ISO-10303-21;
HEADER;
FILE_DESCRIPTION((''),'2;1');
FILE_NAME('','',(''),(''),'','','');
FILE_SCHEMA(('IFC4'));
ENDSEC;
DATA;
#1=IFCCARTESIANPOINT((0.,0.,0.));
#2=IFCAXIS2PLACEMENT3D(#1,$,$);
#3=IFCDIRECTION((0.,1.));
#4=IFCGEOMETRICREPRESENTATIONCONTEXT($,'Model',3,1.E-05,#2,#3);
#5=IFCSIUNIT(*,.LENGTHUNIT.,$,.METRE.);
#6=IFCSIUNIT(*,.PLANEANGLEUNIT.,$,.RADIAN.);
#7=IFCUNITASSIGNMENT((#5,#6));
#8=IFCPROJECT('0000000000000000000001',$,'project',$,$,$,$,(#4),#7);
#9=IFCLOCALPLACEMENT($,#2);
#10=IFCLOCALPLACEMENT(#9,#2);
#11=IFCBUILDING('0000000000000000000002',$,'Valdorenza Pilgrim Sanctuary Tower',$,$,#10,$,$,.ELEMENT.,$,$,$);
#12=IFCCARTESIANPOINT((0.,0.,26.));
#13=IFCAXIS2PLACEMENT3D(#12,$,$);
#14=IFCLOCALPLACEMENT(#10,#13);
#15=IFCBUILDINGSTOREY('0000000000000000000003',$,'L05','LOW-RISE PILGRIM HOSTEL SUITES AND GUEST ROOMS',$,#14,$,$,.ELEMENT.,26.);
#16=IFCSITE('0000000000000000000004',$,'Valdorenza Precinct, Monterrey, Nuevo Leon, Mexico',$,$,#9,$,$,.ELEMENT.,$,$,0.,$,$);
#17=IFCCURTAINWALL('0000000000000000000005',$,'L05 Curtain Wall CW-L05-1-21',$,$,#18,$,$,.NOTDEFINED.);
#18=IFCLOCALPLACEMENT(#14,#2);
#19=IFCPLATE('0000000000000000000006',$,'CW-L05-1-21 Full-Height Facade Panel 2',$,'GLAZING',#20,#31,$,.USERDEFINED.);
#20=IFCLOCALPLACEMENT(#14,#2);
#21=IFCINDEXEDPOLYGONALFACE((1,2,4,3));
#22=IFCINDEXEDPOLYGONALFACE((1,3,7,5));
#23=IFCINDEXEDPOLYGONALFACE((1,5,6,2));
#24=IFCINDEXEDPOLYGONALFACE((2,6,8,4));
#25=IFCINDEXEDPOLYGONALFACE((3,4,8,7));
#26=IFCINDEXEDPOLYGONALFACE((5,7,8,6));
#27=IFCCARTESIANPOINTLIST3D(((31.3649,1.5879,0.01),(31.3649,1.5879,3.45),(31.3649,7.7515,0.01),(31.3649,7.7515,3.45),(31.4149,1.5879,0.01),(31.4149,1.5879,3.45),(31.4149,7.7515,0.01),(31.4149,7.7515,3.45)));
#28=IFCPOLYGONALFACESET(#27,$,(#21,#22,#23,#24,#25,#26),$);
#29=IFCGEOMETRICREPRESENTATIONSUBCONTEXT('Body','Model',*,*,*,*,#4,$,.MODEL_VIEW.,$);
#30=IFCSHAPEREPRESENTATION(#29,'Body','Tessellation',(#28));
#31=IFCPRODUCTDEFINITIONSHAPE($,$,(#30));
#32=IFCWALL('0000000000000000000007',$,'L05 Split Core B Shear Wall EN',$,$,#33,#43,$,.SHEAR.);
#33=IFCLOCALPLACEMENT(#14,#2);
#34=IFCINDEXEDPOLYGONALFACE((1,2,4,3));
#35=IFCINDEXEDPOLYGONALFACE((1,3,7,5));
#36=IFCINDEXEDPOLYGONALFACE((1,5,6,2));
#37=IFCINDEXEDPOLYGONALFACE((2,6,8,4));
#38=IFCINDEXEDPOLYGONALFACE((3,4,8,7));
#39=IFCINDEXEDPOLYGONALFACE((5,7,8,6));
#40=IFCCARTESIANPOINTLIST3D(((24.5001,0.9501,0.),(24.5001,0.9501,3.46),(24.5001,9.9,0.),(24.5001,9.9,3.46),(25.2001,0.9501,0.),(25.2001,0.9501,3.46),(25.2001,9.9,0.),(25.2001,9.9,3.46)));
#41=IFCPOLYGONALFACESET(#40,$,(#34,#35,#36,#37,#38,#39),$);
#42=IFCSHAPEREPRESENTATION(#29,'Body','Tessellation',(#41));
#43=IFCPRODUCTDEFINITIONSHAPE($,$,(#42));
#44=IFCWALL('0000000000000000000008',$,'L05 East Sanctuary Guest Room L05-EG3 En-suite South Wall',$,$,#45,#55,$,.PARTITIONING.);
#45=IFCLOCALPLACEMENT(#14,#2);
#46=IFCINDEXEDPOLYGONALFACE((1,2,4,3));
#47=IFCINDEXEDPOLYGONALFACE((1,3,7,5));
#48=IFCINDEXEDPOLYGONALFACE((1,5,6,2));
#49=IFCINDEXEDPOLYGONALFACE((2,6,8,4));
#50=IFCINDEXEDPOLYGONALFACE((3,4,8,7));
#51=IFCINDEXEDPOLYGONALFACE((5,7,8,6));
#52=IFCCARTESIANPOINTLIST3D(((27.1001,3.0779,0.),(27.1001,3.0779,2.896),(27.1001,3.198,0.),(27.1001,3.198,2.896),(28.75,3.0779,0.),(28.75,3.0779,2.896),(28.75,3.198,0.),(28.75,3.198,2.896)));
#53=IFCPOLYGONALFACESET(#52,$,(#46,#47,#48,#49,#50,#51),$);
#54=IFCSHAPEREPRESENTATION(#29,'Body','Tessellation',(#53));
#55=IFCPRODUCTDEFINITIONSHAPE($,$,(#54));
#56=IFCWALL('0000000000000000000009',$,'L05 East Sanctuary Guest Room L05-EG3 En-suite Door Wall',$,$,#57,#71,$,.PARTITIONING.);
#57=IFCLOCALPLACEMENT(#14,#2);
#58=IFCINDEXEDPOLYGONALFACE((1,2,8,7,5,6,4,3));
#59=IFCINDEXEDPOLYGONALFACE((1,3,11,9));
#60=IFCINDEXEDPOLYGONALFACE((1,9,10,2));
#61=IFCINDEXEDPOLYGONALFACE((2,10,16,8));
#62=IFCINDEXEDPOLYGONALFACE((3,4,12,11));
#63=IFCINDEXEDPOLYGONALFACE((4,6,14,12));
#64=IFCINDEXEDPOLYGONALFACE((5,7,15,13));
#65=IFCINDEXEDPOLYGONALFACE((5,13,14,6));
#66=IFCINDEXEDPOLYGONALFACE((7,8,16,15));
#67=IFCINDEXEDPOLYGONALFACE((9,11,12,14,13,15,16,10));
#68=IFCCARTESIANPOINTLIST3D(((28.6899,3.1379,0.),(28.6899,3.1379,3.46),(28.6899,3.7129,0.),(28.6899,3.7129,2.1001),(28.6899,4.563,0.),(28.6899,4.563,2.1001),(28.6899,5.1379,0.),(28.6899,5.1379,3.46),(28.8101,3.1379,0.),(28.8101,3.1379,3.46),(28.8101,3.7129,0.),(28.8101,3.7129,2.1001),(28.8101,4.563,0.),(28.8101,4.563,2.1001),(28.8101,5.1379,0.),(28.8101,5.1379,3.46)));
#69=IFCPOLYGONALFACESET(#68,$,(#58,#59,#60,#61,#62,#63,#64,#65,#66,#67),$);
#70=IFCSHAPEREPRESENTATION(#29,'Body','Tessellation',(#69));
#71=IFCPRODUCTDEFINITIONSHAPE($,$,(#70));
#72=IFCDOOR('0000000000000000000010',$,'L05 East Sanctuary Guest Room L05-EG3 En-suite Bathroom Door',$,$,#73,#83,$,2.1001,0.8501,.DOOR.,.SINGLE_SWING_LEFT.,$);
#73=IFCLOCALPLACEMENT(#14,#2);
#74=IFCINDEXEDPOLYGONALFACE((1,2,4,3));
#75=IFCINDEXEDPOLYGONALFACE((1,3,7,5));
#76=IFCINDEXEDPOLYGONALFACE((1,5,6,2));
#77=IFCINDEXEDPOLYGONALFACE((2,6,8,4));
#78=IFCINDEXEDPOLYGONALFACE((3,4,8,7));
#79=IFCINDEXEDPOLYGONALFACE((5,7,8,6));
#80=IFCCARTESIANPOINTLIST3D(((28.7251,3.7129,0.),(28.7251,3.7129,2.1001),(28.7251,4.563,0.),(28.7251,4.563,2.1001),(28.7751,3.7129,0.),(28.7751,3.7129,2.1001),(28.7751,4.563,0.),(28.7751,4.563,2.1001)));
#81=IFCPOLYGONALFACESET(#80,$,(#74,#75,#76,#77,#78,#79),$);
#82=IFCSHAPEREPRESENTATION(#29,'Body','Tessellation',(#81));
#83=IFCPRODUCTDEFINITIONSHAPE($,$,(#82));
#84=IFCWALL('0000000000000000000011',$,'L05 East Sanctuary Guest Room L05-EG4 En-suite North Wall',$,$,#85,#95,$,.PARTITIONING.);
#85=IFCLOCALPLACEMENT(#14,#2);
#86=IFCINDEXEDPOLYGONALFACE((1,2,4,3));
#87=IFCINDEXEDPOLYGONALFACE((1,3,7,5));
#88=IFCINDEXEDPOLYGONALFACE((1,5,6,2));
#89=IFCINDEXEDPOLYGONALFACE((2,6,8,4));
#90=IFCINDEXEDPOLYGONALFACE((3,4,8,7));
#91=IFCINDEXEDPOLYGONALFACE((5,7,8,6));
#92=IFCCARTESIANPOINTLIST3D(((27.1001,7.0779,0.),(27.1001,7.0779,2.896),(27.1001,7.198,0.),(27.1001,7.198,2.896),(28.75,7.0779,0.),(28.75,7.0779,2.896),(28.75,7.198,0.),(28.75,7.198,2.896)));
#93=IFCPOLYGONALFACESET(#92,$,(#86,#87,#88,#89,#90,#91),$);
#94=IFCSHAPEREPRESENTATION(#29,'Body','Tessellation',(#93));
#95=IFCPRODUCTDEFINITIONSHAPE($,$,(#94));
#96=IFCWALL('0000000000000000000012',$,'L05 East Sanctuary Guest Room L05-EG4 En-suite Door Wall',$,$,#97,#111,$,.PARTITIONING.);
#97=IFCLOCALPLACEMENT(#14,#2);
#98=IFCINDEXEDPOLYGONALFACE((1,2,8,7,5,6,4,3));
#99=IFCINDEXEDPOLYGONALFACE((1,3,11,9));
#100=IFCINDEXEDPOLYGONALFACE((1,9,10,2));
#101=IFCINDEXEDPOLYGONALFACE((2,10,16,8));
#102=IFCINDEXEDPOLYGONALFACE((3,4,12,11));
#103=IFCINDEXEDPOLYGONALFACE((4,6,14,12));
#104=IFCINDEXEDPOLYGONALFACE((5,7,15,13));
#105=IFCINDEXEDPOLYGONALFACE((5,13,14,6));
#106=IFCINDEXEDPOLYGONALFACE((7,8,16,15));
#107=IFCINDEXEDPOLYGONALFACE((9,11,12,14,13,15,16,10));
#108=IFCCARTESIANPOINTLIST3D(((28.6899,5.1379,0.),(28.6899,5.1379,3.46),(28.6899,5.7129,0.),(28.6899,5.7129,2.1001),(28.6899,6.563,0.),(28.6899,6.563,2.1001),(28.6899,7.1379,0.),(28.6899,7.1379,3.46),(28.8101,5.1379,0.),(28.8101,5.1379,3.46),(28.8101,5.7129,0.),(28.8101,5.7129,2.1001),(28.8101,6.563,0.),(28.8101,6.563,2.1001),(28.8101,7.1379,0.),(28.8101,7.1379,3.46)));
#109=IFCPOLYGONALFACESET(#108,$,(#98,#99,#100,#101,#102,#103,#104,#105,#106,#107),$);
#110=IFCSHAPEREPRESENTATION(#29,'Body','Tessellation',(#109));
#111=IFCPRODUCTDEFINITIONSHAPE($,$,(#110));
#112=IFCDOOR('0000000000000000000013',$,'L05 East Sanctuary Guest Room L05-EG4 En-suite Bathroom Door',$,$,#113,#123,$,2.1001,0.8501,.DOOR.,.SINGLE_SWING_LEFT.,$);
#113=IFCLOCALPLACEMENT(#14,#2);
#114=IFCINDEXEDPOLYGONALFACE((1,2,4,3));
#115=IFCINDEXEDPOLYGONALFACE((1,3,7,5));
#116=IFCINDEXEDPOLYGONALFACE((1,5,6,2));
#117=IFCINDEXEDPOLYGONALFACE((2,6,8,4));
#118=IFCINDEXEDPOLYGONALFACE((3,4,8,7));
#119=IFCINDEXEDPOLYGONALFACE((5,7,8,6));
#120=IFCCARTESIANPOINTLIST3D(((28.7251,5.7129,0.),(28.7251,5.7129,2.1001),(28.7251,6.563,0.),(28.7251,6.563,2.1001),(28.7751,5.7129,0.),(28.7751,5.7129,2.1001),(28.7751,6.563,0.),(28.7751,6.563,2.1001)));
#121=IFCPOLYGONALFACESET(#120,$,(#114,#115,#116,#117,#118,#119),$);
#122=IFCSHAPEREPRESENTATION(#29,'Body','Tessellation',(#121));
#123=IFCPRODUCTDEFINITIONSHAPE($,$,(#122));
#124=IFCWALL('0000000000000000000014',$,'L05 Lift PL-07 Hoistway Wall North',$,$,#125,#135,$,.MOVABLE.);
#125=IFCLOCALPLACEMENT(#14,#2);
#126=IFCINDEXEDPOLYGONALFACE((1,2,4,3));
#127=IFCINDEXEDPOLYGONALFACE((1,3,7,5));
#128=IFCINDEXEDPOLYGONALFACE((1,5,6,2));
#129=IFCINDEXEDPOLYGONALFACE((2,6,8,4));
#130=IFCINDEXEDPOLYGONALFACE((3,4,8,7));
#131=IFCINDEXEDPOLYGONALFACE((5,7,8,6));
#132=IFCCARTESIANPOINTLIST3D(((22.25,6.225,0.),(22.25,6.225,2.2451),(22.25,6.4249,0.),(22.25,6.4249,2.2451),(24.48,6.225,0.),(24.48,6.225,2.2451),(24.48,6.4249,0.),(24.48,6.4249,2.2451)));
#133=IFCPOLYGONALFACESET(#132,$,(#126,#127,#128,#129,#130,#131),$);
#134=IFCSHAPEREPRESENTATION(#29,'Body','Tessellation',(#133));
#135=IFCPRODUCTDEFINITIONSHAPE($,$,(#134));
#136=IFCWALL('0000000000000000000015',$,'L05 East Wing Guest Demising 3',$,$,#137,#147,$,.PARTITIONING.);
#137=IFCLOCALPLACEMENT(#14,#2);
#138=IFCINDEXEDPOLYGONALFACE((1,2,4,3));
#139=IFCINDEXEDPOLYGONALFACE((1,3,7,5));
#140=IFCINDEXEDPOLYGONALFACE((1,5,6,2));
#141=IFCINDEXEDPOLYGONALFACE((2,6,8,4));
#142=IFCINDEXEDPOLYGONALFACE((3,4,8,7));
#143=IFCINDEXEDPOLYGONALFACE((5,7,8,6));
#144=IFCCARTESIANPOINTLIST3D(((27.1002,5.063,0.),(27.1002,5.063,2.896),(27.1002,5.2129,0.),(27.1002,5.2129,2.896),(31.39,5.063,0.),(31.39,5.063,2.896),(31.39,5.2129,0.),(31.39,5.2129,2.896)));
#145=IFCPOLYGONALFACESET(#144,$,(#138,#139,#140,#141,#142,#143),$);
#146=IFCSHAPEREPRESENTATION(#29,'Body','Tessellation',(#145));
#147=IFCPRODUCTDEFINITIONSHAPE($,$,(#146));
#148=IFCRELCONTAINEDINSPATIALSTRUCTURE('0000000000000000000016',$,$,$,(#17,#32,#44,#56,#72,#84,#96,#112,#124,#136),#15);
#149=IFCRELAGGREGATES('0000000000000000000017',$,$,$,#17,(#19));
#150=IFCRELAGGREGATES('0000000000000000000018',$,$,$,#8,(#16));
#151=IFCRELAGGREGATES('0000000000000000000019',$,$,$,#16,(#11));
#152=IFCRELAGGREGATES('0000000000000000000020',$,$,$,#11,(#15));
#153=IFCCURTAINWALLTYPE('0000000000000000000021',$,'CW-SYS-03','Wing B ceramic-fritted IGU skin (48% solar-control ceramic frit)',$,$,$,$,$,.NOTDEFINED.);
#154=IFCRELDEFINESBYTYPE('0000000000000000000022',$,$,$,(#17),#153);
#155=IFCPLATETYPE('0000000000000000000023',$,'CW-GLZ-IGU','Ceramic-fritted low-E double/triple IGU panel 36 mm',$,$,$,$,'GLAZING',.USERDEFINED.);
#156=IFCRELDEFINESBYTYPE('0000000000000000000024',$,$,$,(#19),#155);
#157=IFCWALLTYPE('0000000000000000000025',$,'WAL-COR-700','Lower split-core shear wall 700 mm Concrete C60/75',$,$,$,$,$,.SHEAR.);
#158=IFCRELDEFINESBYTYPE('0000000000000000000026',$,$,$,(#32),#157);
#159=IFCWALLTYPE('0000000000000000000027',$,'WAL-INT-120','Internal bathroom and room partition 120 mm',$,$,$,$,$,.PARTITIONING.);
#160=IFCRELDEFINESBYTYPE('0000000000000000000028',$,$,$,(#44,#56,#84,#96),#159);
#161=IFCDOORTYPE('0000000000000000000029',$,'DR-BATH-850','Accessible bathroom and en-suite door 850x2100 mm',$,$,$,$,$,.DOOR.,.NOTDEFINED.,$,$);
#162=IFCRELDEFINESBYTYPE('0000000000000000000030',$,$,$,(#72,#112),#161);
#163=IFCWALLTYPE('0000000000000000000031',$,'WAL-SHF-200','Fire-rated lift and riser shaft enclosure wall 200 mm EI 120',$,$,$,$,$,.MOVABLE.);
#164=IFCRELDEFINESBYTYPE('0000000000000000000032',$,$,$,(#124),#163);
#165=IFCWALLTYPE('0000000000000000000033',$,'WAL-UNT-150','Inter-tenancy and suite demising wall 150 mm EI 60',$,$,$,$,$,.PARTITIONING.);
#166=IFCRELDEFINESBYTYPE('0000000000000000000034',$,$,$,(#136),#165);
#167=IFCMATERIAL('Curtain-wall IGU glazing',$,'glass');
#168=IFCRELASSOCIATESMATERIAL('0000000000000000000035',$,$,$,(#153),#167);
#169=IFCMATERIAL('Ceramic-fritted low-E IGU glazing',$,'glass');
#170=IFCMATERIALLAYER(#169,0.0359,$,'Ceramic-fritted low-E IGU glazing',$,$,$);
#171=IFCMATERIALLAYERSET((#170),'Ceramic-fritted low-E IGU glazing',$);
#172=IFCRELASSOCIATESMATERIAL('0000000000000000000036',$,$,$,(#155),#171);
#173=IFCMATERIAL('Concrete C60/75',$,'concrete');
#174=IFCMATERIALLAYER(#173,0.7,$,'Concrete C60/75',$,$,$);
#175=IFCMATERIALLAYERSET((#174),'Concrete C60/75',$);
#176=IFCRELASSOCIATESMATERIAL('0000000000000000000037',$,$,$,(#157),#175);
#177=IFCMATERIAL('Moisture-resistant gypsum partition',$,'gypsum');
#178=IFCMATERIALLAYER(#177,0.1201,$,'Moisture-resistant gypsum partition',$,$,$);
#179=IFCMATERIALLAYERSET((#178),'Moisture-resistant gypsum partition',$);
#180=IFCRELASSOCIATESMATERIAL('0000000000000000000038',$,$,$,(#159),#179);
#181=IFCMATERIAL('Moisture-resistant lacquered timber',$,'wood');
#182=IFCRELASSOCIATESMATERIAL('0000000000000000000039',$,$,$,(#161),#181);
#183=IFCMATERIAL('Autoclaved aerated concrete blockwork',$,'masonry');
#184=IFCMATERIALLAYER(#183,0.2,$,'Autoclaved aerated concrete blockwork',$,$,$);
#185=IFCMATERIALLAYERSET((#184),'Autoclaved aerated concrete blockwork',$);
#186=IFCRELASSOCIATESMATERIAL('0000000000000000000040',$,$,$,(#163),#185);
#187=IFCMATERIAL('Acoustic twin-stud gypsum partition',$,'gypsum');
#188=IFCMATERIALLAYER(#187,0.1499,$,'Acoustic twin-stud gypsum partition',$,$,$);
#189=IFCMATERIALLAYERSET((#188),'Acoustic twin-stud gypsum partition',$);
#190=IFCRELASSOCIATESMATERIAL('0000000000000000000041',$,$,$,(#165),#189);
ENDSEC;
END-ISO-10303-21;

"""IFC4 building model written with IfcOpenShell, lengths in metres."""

from ifc_helpers import new_model, si_unit, direction, frame, frame_2d, origin, origin_2d, place, context, subcontext, project, spatial, rectangle, extrude, source, transform, mapped, material, layer, layer_set, type_object, element, fill, aggregate, save


model = new_model("IFC4")

# Units and contexts
model_context = context("Model", 3, precision=1e-05, world=origin(), true_north=direction((0.0, 1.0)))
body_context = subcontext(model_context, "Body", "Model", "MODEL_VIEW")
ifc_project = project(units=[si_unit("LENGTHUNIT", "METRE"), si_unit("PLANEANGLEUNIT", "RADIAN")], contexts=[model_context])

# Site, building, storey
site_placement = place(None, origin())
site = spatial("IfcSite", under=ifc_project, at=site_placement, Name="Valdorenza Precinct, Monterrey, Nuevo Leon, Mexico", CompositionType="ELEMENT", RefElevation=0.0)
building_placement = place(site_placement, origin())
building = spatial("IfcBuilding", under=site, at=building_placement, Name="Valdorenza Pilgrim Sanctuary Tower", CompositionType="ELEMENT")
storey_placement = place(building_placement, frame((0.0, 0.0, 26.0)))
storey = spatial("IfcBuildingStorey", under=building, at=storey_placement, Name="L05", Description="LOW-RISE PILGRIM HOSTEL SUITES AND GUEST ROOMS", CompositionType="ELEMENT", Elevation=26.0)

# Curtain wall, plate
ifc_material_1 = material(Name="Curtain-wall IGU glazing", Category="glass")
curtain_wall_type = type_object("IfcCurtainWallType", Name="CW-SYS-03", Description="Wing B ceramic-fritted IGU skin (48% solar-control ceramic frit)", PredefinedType="NOTDEFINED", material=ifc_material_1)
curtain_wall_placement = place(storey_placement, origin())
curtain_wall = element("IfcCurtainWall", 1, at=curtain_wall_placement, inside=storey, type_object=curtain_wall_type, Name="L05 Curtain Wall CW-L05-1-21", PredefinedType="NOTDEFINED")
ifc_material_2 = material(Name="Ceramic-fritted low-E IGU glazing", Category="glass")
ifc_layer_1 = layer(ifc_material_2, 0.0359, Name="Ceramic-fritted low-E IGU glazing")
ifc_layer_set_1 = layer_set([ifc_layer_1], Name="Ceramic-fritted low-E IGU glazing")
plate_type = type_object("IfcPlateType", Name="CW-GLZ-IGU", Description="Ceramic-fritted low-E double/triple IGU panel 36 mm", ElementType="GLAZING", PredefinedType="USERDEFINED", material=ifc_layer_set_1)
shared_shape_1 = source(origin(), body_context, "Body", "SweptSolid", [
    extrude(rectangle(XDim=6.1636, YDim=0.05, at=origin_2d()), origin(), (0.0, 0.0, 1.0), 3.4399),
])
plate_placement = place(storey_placement, frame((31.3899, 4.6697, 0.01), z_axis=(0.0, 0.0, 1.0), x_axis=(0.0, -1.0, 0.0)))
plate = element("IfcPlate", 2, at=plate_placement, type_object=plate_type, Name="CW-L05-1-21 Full-Height Facade Panel 2", ObjectType="GLAZING", PredefinedType="USERDEFINED", context=body_context, shape_type="MappedRepresentation", body=[
    mapped(shared_shape_1, transform((0.0, 0.0, 0.0), x_axis=(1.0, 0.0, 0.0), y_axis=(0.0, 1.0, 0.0), z_axis=(0.0, 0.0, 1.0), scale=1.0)),
])
aggregate(curtain_wall, [plate])

# Walls
ifc_material_3 = material(Name="Concrete C60/75", Category="concrete")
ifc_layer_2 = layer(ifc_material_3, 0.7, Name="Concrete C60/75")
ifc_layer_set_2 = layer_set([ifc_layer_2], Name="Concrete C60/75")
wall_type_1 = type_object("IfcWallType", Name="WAL-COR-700", Description="Lower split-core shear wall 700 mm Concrete C60/75", PredefinedType="SHEAR", material=ifc_layer_set_2)
wall_1_placement = place(storey_placement, frame((24.8501, 0.95, 0.0), z_axis=(0.0, 0.0, 1.0), x_axis=(0.0, 1.0, 0.0)))
element("IfcWall", 3, at=wall_1_placement, inside=storey, type_object=wall_type_1, Name="L05 Split Core B Shear Wall EN", PredefinedType="SHEAR", context=body_context, shape_type="SweptSolid", body=[
    extrude(rectangle(XDim=8.95, YDim=0.7, at=frame_2d((4.4751, 0.0))), origin(), (0.0, 0.0, 1.0), 3.46),
])
ifc_material_4 = material(Name="Moisture-resistant gypsum partition", Category="gypsum")
ifc_layer_3 = layer(ifc_material_4, 0.1201, Name="Moisture-resistant gypsum partition")
ifc_layer_set_3 = layer_set([ifc_layer_3], Name="Moisture-resistant gypsum partition")
wall_type_2 = type_object("IfcWallType", Name="WAL-INT-120", Description="Internal bathroom and room partition 120 mm", PredefinedType="PARTITIONING", material=ifc_layer_set_3)
wall_2_placement = place(storey_placement, frame((27.1001, 3.1379, 0.0), z_axis=(0.0, 0.0, 1.0), x_axis=(1.0, 0.0, 0.0)))
element("IfcWall", 4, at=wall_2_placement, inside=storey, type_object=wall_type_2, Name="L05 East Sanctuary Guest Room L05-EG3 En-suite South Wall", PredefinedType="PARTITIONING", context=body_context, shape_type="SweptSolid", body=[
    extrude(rectangle(XDim=1.6499, YDim=0.1201, at=frame_2d((0.825, 0.0))), origin(), (0.0, 0.0, 1.0), 2.896),
])

# Wall, opening, door
wall_3_placement = place(storey_placement, frame((28.75, 3.1379, 0.0), z_axis=(0.0, 0.0, 1.0), x_axis=(0.0, 1.0, 0.0)))
wall_3 = element("IfcWall", 5, at=wall_3_placement, inside=storey, type_object=wall_type_2, Name="L05 East Sanctuary Guest Room L05-EG3 En-suite Door Wall", PredefinedType="PARTITIONING", context=body_context, shape_type="SweptSolid", body=[
    extrude(rectangle(XDim=2.0, YDim=0.1201, at=frame_2d((1.0, 0.0))), origin(), (0.0, 0.0, 1.0), 3.46),
])
opening_1_placement = place(wall_3_placement, frame((0.575, 0.0, 0.0)))
opening_1 = element("IfcOpeningElement", 6, at=opening_1_placement, cuts=wall_3, PredefinedType="OPENING", context=body_context, shape_type="SweptSolid", body=[
    extrude(rectangle(XDim=0.8501, YDim=2.1001, at=frame_2d((0.425, 1.05))), frame((0.0, 0.075, 0.0), z_axis=(0.0, -1.0, 0.0), x_axis=(1.0, 0.0, 0.0)), (0.0, 0.0, 1.0), 0.1499),
])
ifc_material_5 = material(Name="Moisture-resistant lacquered timber", Category="wood")
door_type = type_object("IfcDoorType", Name="DR-BATH-850", Description="Accessible bathroom and en-suite door 850x2100 mm", OperationType="NOTDEFINED", PredefinedType="DOOR", material=ifc_material_5)
door_1_placement = place(opening_1_placement, origin())
door_1 = element("IfcDoor", 7, at=door_1_placement, inside=storey, type_object=door_type, Name="L05 East Sanctuary Guest Room L05-EG3 En-suite Bathroom Door", OperationType="SINGLE_SWING_LEFT", OverallHeight=2.1001, OverallWidth=0.8501, PredefinedType="DOOR", context=body_context, shape_type="SweptSolid", body=[
    extrude(rectangle(XDim=0.8501, YDim=2.1001, at=frame_2d((0.425, 1.05))), frame((0.0, 0.0249, 0.0), z_axis=(0.0, -1.0, 0.0), x_axis=(1.0, 0.0, 0.0)), (0.0, 0.0, 1.0), 0.05),
])
fill(opening_1, door_1)

# Wall
wall_4_placement = place(storey_placement, frame((27.1001, 7.1379, 0.0), z_axis=(0.0, 0.0, 1.0), x_axis=(1.0, 0.0, 0.0)))
element("IfcWall", 8, at=wall_4_placement, inside=storey, type_object=wall_type_2, Name="L05 East Sanctuary Guest Room L05-EG4 En-suite North Wall", PredefinedType="PARTITIONING", context=body_context, shape_type="SweptSolid", body=[
    extrude(rectangle(XDim=1.6499, YDim=0.1201, at=frame_2d((0.825, 0.0))), origin(), (0.0, 0.0, 1.0), 2.896),
])

# Wall, opening, door
wall_5_placement = place(storey_placement, frame((28.75, 5.1379, 0.0), z_axis=(0.0, 0.0, 1.0), x_axis=(0.0, 1.0, 0.0)))
wall_5 = element("IfcWall", 9, at=wall_5_placement, inside=storey, type_object=wall_type_2, Name="L05 East Sanctuary Guest Room L05-EG4 En-suite Door Wall", PredefinedType="PARTITIONING", context=body_context, shape_type="SweptSolid", body=[
    extrude(rectangle(XDim=2.0, YDim=0.1201, at=frame_2d((1.0, 0.0))), origin(), (0.0, 0.0, 1.0), 3.46),
])
opening_2_placement = place(wall_5_placement, frame((0.575, 0.0, 0.0)))
opening_2 = element("IfcOpeningElement", 10, at=opening_2_placement, cuts=wall_5, PredefinedType="OPENING", context=body_context, shape_type="SweptSolid", body=[
    extrude(rectangle(XDim=0.8501, YDim=2.1001, at=frame_2d((0.425, 1.05))), frame((0.0, 0.075, 0.0), z_axis=(0.0, -1.0, 0.0), x_axis=(1.0, 0.0, 0.0)), (0.0, 0.0, 1.0), 0.1499),
])
door_2_placement = place(opening_2_placement, origin())
door_2 = element("IfcDoor", 11, at=door_2_placement, inside=storey, type_object=door_type, Name="L05 East Sanctuary Guest Room L05-EG4 En-suite Bathroom Door", OperationType="SINGLE_SWING_LEFT", OverallHeight=2.1001, OverallWidth=0.8501, PredefinedType="DOOR", context=body_context, shape_type="SweptSolid", body=[
    extrude(rectangle(XDim=0.8501, YDim=2.1001, at=frame_2d((0.425, 1.05))), frame((0.0, 0.0249, 0.0), z_axis=(0.0, -1.0, 0.0), x_axis=(1.0, 0.0, 0.0)), (0.0, 0.0, 1.0), 0.05),
])
fill(opening_2, door_2)

# Walls
ifc_material_6 = material(Name="Autoclaved aerated concrete blockwork", Category="masonry")
ifc_layer_4 = layer(ifc_material_6, 0.2, Name="Autoclaved aerated concrete blockwork")
ifc_layer_set_4 = layer_set([ifc_layer_4], Name="Autoclaved aerated concrete blockwork")
wall_type_3 = type_object("IfcWallType", Name="WAL-SHF-200", Description="Fire-rated lift and riser shaft enclosure wall 200 mm EI 120", PredefinedType="MOVABLE", material=ifc_layer_set_4)
wall_6_placement = place(storey_placement, frame((22.25, 6.325, 0.0), z_axis=(0.0, 0.0, 1.0), x_axis=(1.0, 0.0, 0.0)))
element("IfcWall", 12, at=wall_6_placement, inside=storey, type_object=wall_type_3, Name="L05 Lift PL-07 Hoistway Wall North", PredefinedType="MOVABLE", context=body_context, shape_type="SweptSolid", body=[
    extrude(rectangle(XDim=2.23, YDim=0.2, at=frame_2d((1.115, 0.0))), origin(), (0.0, 0.0, 1.0), 2.2451),
])
ifc_material_7 = material(Name="Acoustic twin-stud gypsum partition", Category="gypsum")
ifc_layer_5 = layer(ifc_material_7, 0.1499, Name="Acoustic twin-stud gypsum partition")
ifc_layer_set_5 = layer_set([ifc_layer_5], Name="Acoustic twin-stud gypsum partition")
wall_type_4 = type_object("IfcWallType", Name="WAL-UNT-150", Description="Inter-tenancy and suite demising wall 150 mm EI 60", PredefinedType="PARTITIONING", material=ifc_layer_set_5)
wall_7_placement = place(storey_placement, frame((27.1001, 5.1379, 0.0), z_axis=(0.0, 0.0, 1.0), x_axis=(1.0, 0.0, 0.0)))
element("IfcWall", 13, at=wall_7_placement, inside=storey, type_object=wall_type_4, Name="L05 East Wing Guest Demising 3", PredefinedType="PARTITIONING", context=body_context, shape_type="SweptSolid", body=[
    extrude(rectangle(XDim=4.2898, YDim=0.1499, at=frame_2d((2.145, 0.0))), origin(), (0.0, 0.0, 1.0), 2.896),
])

save(model, "model.ifc")
